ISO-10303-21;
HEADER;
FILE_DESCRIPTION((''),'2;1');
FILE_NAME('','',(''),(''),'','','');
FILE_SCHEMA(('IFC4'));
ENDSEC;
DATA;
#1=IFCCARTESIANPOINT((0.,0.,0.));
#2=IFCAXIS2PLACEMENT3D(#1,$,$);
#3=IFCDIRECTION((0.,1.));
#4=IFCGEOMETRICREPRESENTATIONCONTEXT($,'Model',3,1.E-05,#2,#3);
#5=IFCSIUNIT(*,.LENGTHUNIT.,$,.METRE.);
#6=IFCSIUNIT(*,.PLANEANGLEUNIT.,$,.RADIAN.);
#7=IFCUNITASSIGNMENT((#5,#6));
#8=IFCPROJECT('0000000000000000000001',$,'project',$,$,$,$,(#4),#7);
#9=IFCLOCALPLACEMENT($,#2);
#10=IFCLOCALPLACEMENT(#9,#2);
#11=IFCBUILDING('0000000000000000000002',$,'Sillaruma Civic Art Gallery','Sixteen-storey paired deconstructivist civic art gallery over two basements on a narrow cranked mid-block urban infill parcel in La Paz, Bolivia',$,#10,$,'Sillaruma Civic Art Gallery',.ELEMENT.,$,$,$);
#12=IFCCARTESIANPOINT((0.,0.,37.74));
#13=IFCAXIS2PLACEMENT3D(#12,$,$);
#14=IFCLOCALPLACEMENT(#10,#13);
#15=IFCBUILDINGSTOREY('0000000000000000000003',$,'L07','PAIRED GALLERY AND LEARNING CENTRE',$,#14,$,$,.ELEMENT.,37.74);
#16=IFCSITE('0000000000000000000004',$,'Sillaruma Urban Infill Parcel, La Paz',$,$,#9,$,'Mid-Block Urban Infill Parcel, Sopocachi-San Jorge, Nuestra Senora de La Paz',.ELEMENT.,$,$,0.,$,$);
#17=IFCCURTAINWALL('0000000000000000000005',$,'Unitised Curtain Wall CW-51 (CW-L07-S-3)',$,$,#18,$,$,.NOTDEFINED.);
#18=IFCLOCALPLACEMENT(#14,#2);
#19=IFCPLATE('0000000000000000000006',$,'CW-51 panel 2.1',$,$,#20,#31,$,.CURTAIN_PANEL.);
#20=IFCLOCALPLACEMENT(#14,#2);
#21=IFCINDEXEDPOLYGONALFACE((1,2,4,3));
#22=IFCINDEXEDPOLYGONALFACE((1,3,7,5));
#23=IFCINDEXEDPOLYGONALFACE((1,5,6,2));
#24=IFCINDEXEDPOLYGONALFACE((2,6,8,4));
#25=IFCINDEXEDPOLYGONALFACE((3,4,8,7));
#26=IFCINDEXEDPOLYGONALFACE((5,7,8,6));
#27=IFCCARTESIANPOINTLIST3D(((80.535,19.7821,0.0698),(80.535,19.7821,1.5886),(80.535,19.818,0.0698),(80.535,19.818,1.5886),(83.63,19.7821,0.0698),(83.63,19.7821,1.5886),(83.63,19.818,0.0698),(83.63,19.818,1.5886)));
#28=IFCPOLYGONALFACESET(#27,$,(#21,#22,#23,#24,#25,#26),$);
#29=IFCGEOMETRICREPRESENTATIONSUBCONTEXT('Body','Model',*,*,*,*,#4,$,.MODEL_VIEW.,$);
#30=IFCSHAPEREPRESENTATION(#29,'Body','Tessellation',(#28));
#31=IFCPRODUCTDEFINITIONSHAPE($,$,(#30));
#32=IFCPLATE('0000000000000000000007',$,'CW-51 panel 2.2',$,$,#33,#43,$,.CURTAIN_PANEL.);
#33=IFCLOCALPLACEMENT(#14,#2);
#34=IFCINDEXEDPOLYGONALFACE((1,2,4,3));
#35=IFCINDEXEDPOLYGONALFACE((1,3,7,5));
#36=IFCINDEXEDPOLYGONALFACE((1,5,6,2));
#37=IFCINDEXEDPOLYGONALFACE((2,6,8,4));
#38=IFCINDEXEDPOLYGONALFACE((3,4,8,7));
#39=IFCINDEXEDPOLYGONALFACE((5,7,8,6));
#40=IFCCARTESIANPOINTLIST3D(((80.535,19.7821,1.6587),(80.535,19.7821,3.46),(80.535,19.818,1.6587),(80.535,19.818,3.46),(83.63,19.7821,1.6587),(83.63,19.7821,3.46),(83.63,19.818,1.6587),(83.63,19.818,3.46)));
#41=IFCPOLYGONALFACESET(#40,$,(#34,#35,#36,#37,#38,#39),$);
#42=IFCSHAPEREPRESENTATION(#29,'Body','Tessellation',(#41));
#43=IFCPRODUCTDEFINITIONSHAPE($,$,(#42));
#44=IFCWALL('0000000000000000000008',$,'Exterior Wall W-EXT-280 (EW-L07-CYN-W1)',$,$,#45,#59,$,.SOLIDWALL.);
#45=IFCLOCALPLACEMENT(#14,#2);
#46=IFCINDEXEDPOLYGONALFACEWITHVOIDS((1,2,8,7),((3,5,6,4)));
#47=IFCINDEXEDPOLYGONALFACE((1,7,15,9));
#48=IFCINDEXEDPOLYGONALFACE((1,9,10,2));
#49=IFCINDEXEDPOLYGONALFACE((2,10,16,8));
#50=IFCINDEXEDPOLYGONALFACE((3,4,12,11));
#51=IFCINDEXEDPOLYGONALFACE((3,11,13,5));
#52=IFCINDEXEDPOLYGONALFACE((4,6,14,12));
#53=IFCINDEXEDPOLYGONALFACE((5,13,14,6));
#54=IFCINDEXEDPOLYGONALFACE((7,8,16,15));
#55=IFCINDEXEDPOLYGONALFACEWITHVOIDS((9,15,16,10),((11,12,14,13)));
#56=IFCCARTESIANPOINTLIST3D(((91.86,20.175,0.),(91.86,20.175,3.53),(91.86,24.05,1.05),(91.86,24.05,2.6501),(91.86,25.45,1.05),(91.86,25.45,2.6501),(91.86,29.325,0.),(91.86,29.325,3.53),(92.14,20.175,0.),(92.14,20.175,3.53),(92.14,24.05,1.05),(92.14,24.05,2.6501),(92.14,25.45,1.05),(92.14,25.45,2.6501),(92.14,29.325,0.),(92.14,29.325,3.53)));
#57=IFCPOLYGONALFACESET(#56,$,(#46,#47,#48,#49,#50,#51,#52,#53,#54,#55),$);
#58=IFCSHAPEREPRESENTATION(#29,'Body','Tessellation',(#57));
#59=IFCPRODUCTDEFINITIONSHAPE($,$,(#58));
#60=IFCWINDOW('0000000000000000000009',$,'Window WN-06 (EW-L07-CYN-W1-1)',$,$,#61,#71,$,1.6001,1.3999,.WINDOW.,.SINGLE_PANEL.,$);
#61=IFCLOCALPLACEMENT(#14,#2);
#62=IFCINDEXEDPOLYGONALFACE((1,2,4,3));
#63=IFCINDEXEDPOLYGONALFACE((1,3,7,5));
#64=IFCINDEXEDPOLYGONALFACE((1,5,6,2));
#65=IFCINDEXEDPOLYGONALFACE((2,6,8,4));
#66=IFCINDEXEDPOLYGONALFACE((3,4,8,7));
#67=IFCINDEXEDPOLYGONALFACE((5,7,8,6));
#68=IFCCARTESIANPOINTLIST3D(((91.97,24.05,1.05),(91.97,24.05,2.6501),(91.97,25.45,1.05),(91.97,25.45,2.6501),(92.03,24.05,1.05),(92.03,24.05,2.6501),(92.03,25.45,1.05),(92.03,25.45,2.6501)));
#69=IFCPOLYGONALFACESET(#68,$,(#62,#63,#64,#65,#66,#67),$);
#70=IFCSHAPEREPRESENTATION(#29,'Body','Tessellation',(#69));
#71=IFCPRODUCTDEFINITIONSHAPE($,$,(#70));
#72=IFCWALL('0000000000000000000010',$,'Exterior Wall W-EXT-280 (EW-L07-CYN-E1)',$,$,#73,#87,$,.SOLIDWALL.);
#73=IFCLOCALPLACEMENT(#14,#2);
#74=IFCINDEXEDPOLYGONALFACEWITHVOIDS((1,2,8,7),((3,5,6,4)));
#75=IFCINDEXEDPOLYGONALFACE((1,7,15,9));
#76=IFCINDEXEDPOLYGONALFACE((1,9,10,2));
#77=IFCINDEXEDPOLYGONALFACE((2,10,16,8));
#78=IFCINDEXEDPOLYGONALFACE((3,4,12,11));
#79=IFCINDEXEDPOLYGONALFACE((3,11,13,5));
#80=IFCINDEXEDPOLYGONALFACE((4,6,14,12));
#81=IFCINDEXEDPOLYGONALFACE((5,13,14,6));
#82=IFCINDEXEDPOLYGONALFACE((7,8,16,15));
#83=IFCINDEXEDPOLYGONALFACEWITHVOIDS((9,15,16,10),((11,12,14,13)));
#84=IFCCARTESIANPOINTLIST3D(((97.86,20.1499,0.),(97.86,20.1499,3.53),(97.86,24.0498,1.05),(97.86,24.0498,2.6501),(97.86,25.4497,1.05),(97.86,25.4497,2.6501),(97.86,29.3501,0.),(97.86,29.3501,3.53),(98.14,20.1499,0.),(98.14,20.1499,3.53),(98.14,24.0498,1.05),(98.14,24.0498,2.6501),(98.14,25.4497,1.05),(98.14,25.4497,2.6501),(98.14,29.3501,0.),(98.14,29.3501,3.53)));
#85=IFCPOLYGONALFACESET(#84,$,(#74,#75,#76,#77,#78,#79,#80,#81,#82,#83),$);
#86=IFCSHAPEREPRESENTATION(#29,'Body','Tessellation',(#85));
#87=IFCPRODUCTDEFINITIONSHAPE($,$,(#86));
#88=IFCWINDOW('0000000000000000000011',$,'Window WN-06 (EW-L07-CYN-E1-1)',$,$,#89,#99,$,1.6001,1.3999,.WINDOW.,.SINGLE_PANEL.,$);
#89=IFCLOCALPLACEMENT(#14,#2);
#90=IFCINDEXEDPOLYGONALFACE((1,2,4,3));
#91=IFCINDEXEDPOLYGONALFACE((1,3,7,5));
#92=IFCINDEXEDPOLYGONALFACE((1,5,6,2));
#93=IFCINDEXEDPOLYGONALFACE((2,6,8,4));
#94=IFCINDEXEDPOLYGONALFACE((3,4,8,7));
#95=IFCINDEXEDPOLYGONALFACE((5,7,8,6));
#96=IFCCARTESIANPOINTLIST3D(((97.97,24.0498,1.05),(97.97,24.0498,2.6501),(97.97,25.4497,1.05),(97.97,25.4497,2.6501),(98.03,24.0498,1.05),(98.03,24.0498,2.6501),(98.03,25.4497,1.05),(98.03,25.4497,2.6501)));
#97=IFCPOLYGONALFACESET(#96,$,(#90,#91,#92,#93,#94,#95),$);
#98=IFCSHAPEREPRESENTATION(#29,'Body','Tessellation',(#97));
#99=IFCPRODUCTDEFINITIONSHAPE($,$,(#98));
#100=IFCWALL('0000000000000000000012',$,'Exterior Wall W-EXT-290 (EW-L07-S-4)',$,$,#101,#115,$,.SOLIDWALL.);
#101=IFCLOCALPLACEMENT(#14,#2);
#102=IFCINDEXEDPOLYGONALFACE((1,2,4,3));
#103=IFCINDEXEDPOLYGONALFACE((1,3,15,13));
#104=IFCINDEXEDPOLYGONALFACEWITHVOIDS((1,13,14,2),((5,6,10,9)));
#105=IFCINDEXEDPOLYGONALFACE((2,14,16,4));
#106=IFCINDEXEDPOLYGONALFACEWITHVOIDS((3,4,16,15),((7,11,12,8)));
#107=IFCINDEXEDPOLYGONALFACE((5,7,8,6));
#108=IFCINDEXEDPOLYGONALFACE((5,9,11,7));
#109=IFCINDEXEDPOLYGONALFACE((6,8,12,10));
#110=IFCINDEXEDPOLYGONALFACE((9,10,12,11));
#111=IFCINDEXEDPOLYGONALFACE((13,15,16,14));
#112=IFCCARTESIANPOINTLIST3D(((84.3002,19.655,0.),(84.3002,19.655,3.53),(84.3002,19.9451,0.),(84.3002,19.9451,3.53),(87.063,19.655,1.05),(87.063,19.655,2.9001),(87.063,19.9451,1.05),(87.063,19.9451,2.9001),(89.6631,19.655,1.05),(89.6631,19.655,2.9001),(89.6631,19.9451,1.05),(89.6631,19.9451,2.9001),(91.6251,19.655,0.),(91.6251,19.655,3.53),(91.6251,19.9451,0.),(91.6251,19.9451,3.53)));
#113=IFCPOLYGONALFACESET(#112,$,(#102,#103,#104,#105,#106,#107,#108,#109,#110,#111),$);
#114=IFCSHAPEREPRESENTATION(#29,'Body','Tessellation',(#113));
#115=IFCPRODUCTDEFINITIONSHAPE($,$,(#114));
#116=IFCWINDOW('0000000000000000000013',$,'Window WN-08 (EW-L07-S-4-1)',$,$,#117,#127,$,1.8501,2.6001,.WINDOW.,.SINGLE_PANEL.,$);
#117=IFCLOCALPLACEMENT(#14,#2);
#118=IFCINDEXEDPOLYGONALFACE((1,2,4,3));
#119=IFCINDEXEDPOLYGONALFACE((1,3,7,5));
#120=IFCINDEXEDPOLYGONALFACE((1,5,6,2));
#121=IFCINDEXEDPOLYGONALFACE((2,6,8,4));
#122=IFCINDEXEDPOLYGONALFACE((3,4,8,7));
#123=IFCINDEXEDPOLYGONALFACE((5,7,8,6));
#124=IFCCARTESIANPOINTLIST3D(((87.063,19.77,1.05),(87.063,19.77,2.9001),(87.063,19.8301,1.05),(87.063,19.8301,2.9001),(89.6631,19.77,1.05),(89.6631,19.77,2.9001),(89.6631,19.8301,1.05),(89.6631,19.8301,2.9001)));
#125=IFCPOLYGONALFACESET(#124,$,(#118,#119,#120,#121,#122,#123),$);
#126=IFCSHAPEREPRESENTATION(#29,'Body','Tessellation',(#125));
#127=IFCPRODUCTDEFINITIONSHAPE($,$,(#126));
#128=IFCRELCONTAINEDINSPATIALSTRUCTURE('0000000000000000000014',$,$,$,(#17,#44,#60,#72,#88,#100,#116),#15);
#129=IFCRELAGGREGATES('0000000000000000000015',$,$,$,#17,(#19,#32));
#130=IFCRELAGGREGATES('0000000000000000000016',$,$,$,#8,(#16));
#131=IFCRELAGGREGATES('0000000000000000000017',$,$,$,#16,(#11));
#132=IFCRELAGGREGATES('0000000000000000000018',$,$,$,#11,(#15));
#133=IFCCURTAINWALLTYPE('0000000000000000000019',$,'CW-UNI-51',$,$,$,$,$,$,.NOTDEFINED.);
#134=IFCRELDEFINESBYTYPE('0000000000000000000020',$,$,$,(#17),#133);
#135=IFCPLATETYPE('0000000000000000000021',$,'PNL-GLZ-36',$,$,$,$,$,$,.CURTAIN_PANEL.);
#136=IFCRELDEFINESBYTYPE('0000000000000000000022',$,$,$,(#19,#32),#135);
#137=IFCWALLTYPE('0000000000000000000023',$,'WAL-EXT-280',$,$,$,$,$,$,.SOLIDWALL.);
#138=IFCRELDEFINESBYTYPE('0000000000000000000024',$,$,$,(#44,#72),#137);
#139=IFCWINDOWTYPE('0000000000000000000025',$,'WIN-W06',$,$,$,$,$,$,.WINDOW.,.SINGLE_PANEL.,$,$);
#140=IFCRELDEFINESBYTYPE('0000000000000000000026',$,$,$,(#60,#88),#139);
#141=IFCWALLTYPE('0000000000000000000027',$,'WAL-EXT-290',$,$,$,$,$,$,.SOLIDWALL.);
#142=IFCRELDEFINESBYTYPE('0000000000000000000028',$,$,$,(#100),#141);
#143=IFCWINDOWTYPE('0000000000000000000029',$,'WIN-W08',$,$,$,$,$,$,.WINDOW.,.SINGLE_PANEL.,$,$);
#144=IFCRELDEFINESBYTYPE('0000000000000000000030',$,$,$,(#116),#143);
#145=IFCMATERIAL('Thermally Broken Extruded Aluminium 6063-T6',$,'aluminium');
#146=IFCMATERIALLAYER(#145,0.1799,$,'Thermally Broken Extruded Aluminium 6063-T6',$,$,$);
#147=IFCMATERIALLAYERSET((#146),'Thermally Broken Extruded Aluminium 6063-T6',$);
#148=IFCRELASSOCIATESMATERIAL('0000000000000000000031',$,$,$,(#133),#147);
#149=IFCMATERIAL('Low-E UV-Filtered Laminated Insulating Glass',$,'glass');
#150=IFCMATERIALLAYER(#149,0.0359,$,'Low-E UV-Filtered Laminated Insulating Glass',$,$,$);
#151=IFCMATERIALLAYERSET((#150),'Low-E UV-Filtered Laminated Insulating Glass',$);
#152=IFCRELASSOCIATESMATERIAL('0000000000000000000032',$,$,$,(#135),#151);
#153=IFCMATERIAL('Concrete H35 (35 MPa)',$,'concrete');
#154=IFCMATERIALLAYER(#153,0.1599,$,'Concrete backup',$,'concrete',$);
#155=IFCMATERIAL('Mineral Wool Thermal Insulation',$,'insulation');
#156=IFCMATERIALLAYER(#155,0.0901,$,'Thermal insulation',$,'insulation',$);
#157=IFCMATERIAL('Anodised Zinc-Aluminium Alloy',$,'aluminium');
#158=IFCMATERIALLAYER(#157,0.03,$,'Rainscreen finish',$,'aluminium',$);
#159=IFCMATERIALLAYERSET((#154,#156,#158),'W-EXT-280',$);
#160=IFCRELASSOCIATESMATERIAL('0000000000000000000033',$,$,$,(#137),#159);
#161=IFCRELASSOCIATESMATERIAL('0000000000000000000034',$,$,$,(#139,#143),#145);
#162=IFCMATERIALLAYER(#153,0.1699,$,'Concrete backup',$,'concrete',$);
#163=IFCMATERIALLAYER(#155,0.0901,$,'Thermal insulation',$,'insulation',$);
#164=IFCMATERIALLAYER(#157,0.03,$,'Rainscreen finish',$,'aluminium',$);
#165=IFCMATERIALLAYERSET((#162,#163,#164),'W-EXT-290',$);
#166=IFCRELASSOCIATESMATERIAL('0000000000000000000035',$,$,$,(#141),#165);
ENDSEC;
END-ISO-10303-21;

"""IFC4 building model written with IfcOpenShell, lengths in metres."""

from ifc_helpers import new_model, si_unit, direction, frame, frame_2d, origin, origin_2d, place, context, subcontext, project, spatial, rectangle, extrude, material, layer, layer_set, type_object, element, fill, aggregate, save


model = new_model("IFC4")

# Units and contexts
model_context = context("Model", 3, precision=1e-05, world=origin(), true_north=direction((0.0, 1.0)))
body_context = subcontext(model_context, "Body", "Model", "MODEL_VIEW")
ifc_project = project(units=[si_unit("LENGTHUNIT", "METRE"), si_unit("PLANEANGLEUNIT", "RADIAN")], contexts=[model_context])

# Site, building, storey
site_placement = place(None, origin())
site = spatial("IfcSite", under=ifc_project, at=site_placement, Name="Sillaruma Urban Infill Parcel, La Paz", LongName="Mid-Block Urban Infill Parcel, Sopocachi-San Jorge, Nuestra Senora de La Paz", CompositionType="ELEMENT", RefElevation=0.0)
building_placement = place(site_placement, origin())
building = spatial("IfcBuilding", under=site, at=building_placement, Name="Sillaruma Civic Art Gallery", Description="Sixteen-storey paired deconstructivist civic art gallery over two basements on a narrow cranked mid-block urban infill parcel in La Paz, Bolivia", LongName="Sillaruma Civic Art Gallery", CompositionType="ELEMENT")
storey_placement = place(building_placement, frame((0.0, 0.0, 37.74)))
storey = spatial("IfcBuildingStorey", under=building, at=storey_placement, Name="L07", Description="PAIRED GALLERY AND LEARNING CENTRE", CompositionType="ELEMENT", Elevation=37.74)

# Shared definitions
ifc_material_1 = material(Name="Concrete H35 (35 MPa)", Category="concrete")

# Curtain wall
ifc_material_2 = material(Name="Thermally Broken Extruded Aluminium 6063-T6", Category="aluminium")
ifc_layer_1 = layer(ifc_material_2, 0.1799, Name="Thermally Broken Extruded Aluminium 6063-T6")
ifc_layer_set_1 = layer_set([ifc_layer_1], Name="Thermally Broken Extruded Aluminium 6063-T6")
curtain_wall_type_1 = type_object("IfcCurtainWallType", Name="CW-UNI-51", PredefinedType="NOTDEFINED", material=ifc_layer_set_1)
curtain_wall_1_placement = place(storey_placement, origin())
curtain_wall_1 = element("IfcCurtainWall", 1, at=curtain_wall_1_placement, inside=storey, type_object=curtain_wall_type_1, Name="Unitised Curtain Wall CW-51 (CW-L07-S-3)", PredefinedType="NOTDEFINED")

# Plates
ifc_material_3 = material(Name="Low-E UV-Filtered Laminated Insulating Glass", Category="glass")
ifc_layer_2 = layer(ifc_material_3, 0.0359, Name="Low-E UV-Filtered Laminated Insulating Glass")
ifc_layer_set_2 = layer_set([ifc_layer_2], Name="Low-E UV-Filtered Laminated Insulating Glass")
plate_type = type_object("IfcPlateType", Name="PNL-GLZ-36", PredefinedType="CURTAIN_PANEL", material=ifc_layer_set_2)
plate_1_placement = place(storey_placement, frame((82.0825, 19.8, 0.0698), z_axis=(0.0, 0.0, 1.0), x_axis=(1.0, 0.0, 0.0)))
plate_1 = element("IfcPlate", 2, at=plate_1_placement, type_object=plate_type, Name="CW-51 panel 2.1", PredefinedType="CURTAIN_PANEL", context=body_context, shape_type="SweptSolid", body=[
    extrude(rectangle(XDim=3.095, YDim=0.0359, at=origin_2d()), origin(), (0.0, 0.0, 1.0), 1.5188),
])
plate_2_placement = place(storey_placement, frame((82.0825, 19.8, 1.6587), z_axis=(0.0, 0.0, 1.0), x_axis=(1.0, 0.0, 0.0)))
plate_2 = element("IfcPlate", 3, at=plate_2_placement, type_object=plate_type, Name="CW-51 panel 2.2", PredefinedType="CURTAIN_PANEL", context=body_context, shape_type="SweptSolid", body=[
    extrude(rectangle(XDim=3.095, YDim=0.0359, at=origin_2d()), origin(), (0.0, 0.0, 1.0), 1.8013),
])
aggregate(curtain_wall_1, [plate_1, plate_2])

# Walls, openings, windows
ifc_layer_3 = layer(ifc_material_1, 0.1599, Name="Concrete backup", Category="concrete")
ifc_material_4 = material(Name="Mineral Wool Thermal Insulation", Category="insulation")
ifc_layer_4 = layer(ifc_material_4, 0.0901, Name="Thermal insulation", Category="insulation")
ifc_material_5 = material(Name="Anodised Zinc-Aluminium Alloy", Category="aluminium")
ifc_layer_5 = layer(ifc_material_5, 0.03, Name="Rainscreen finish", Category="aluminium")
ifc_layer_set_3 = layer_set([ifc_layer_3, ifc_layer_4, ifc_layer_5], Name="W-EXT-280")
wall_type_1 = type_object("IfcWallType", Name="WAL-EXT-280", PredefinedType="SOLIDWALL", material=ifc_layer_set_3)
wall_1_placement = place(storey_placement, frame((92.0, 20.175, 0.0), z_axis=(0.0, 0.0, 1.0), x_axis=(0.0, 1.0, 0.0)))
wall_1 = element("IfcWall", 4, at=wall_1_placement, inside=storey, type_object=wall_type_1, Name="Exterior Wall W-EXT-280 (EW-L07-CYN-W1)", PredefinedType="SOLIDWALL", context=body_context, shape_type="SweptSolid", body=[
    extrude(rectangle(XDim=9.1499, YDim=0.28, at=frame_2d((4.575, 0.0))), origin(), (0.0, 0.0, 1.0), 3.53),
])
opening_1_placement = place(wall_1_placement, frame((3.875, 0.0, 1.05)))
opening_1 = element("IfcOpeningElement", 5, at=opening_1_placement, cuts=wall_1, PredefinedType="OPENING", context=body_context, shape_type="SweptSolid", body=[
    extrude(rectangle(XDim=1.3999, YDim=1.6001, at=frame_2d((0.7, 0.8))), frame((0.0, 0.1499, 0.0), z_axis=(0.0, -1.0, 0.0), x_axis=(1.0, 0.0, 0.0)), (0.0, 0.0, 1.0), 0.3),
])
window_type_1 = type_object("IfcWindowType", Name="WIN-W06", PartitioningType="SINGLE_PANEL", PredefinedType="WINDOW", material=ifc_material_2)
window_1_placement = place(opening_1_placement, origin())
window_1 = element("IfcWindow", 6, at=window_1_placement, inside=storey, type_object=window_type_1, Name="Window WN-06 (EW-L07-CYN-W1-1)", OverallHeight=1.6001, OverallWidth=1.3999, PartitioningType="SINGLE_PANEL", PredefinedType="WINDOW", context=body_context, shape_type="SweptSolid", body=[
    extrude(rectangle(XDim=1.3999, YDim=1.6001, at=frame_2d((0.7, 0.8))), frame((0.0, 0.03, 0.0), z_axis=(0.0, -1.0, 0.0), x_axis=(1.0, 0.0, 0.0)), (0.0, 0.0, 1.0), 0.0601),
])
fill(opening_1, window_1)
wall_2_placement = place(storey_placement, frame((98.0, 20.1499, 0.0), z_axis=(0.0, 0.0, 1.0), x_axis=(0.0, 1.0, 0.0)))
wall_2 = element("IfcWall", 7, at=wall_2_placement, inside=storey, type_object=wall_type_1, Name="Exterior Wall W-EXT-280 (EW-L07-CYN-E1)", PredefinedType="SOLIDWALL", context=body_context, shape_type="SweptSolid", body=[
    extrude(rectangle(XDim=9.2002, YDim=0.28, at=frame_2d((4.6001, 0.0))), origin(), (0.0, 0.0, 1.0), 3.53),
])
opening_2_placement = place(wall_2_placement, frame((3.8999, 0.0, 1.05)))
opening_2 = element("IfcOpeningElement", 8, at=opening_2_placement, cuts=wall_2, PredefinedType="OPENING", context=body_context, shape_type="SweptSolid", body=[
    extrude(rectangle(XDim=1.3999, YDim=1.6001, at=frame_2d((0.7, 0.8))), frame((0.0, 0.1499, 0.0), z_axis=(0.0, -1.0, 0.0), x_axis=(1.0, 0.0, 0.0)), (0.0, 0.0, 1.0), 0.3),
])
window_2_placement = place(opening_2_placement, origin())
window_2 = element("IfcWindow", 9, at=window_2_placement, inside=storey, type_object=window_type_1, Name="Window WN-06 (EW-L07-CYN-E1-1)", OverallHeight=1.6001, OverallWidth=1.3999, PartitioningType="SINGLE_PANEL", PredefinedType="WINDOW", context=body_context, shape_type="SweptSolid", body=[
    extrude(rectangle(XDim=1.3999, YDim=1.6001, at=frame_2d((0.7, 0.8))), frame((0.0, 0.03, 0.0), z_axis=(0.0, -1.0, 0.0), x_axis=(1.0, 0.0, 0.0)), (0.0, 0.0, 1.0), 0.0601),
])
fill(opening_2, window_2)
ifc_layer_6 = layer(ifc_material_1, 0.1699, Name="Concrete backup", Category="concrete")
ifc_layer_7 = layer(ifc_material_4, 0.0901, Name="Thermal insulation", Category="insulation")
ifc_layer_8 = layer(ifc_material_5, 0.03, Name="Rainscreen finish", Category="aluminium")
ifc_layer_set_4 = layer_set([ifc_layer_6, ifc_layer_7, ifc_layer_8], Name="W-EXT-290")
wall_type_2 = type_object("IfcWallType", Name="WAL-EXT-290", PredefinedType="SOLIDWALL", material=ifc_layer_set_4)
wall_3_placement = place(storey_placement, frame((84.3, 19.8, 0.0), z_axis=(0.0, 0.0, 1.0), x_axis=(1.0, 0.0, 0.0)))
wall_3 = element("IfcWall", 10, at=wall_3_placement, inside=storey, type_object=wall_type_2, Name="Exterior Wall W-EXT-290 (EW-L07-S-4)", PredefinedType="SOLIDWALL", context=body_context, shape_type="SweptSolid", body=[
    extrude(rectangle(XDim=7.325, YDim=0.29, at=frame_2d((3.6626, 0.0))), origin(), (0.0, 0.0, 1.0), 3.53),
])
opening_3_placement = place(wall_3_placement, frame((2.7629, 0.0, 1.05)))
opening_3 = element("IfcOpeningElement", 11, at=opening_3_placement, cuts=wall_3, PredefinedType="OPENING", context=body_context, shape_type="SweptSolid", body=[
    extrude(rectangle(XDim=2.6001, YDim=1.8501, at=frame_2d((1.3, 0.925))), frame((0.0, 0.155, 0.0), z_axis=(0.0, -1.0, 0.0), x_axis=(1.0, 0.0, 0.0)), (0.0, 0.0, 1.0), 0.3101),
])
window_type_2 = type_object("IfcWindowType", Name="WIN-W08", PartitioningType="SINGLE_PANEL", PredefinedType="WINDOW", material=ifc_material_2)
window_3_placement = place(opening_3_placement, origin())
window_3 = element("IfcWindow", 12, at=window_3_placement, inside=storey, type_object=window_type_2, Name="Window WN-08 (EW-L07-S-4-1)", OverallHeight=1.8501, OverallWidth=2.6001, PartitioningType="SINGLE_PANEL", PredefinedType="WINDOW", context=body_context, shape_type="SweptSolid", body=[
    extrude(rectangle(XDim=2.6001, YDim=1.8501, at=frame_2d((1.3, 0.925))), frame((0.0, 0.03, 0.0), z_axis=(0.0, -1.0, 0.0), x_axis=(1.0, 0.0, 0.0)), (0.0, 0.0, 1.0), 0.0601),
])
fill(opening_3, window_3)

save(model, "model.ifc")
